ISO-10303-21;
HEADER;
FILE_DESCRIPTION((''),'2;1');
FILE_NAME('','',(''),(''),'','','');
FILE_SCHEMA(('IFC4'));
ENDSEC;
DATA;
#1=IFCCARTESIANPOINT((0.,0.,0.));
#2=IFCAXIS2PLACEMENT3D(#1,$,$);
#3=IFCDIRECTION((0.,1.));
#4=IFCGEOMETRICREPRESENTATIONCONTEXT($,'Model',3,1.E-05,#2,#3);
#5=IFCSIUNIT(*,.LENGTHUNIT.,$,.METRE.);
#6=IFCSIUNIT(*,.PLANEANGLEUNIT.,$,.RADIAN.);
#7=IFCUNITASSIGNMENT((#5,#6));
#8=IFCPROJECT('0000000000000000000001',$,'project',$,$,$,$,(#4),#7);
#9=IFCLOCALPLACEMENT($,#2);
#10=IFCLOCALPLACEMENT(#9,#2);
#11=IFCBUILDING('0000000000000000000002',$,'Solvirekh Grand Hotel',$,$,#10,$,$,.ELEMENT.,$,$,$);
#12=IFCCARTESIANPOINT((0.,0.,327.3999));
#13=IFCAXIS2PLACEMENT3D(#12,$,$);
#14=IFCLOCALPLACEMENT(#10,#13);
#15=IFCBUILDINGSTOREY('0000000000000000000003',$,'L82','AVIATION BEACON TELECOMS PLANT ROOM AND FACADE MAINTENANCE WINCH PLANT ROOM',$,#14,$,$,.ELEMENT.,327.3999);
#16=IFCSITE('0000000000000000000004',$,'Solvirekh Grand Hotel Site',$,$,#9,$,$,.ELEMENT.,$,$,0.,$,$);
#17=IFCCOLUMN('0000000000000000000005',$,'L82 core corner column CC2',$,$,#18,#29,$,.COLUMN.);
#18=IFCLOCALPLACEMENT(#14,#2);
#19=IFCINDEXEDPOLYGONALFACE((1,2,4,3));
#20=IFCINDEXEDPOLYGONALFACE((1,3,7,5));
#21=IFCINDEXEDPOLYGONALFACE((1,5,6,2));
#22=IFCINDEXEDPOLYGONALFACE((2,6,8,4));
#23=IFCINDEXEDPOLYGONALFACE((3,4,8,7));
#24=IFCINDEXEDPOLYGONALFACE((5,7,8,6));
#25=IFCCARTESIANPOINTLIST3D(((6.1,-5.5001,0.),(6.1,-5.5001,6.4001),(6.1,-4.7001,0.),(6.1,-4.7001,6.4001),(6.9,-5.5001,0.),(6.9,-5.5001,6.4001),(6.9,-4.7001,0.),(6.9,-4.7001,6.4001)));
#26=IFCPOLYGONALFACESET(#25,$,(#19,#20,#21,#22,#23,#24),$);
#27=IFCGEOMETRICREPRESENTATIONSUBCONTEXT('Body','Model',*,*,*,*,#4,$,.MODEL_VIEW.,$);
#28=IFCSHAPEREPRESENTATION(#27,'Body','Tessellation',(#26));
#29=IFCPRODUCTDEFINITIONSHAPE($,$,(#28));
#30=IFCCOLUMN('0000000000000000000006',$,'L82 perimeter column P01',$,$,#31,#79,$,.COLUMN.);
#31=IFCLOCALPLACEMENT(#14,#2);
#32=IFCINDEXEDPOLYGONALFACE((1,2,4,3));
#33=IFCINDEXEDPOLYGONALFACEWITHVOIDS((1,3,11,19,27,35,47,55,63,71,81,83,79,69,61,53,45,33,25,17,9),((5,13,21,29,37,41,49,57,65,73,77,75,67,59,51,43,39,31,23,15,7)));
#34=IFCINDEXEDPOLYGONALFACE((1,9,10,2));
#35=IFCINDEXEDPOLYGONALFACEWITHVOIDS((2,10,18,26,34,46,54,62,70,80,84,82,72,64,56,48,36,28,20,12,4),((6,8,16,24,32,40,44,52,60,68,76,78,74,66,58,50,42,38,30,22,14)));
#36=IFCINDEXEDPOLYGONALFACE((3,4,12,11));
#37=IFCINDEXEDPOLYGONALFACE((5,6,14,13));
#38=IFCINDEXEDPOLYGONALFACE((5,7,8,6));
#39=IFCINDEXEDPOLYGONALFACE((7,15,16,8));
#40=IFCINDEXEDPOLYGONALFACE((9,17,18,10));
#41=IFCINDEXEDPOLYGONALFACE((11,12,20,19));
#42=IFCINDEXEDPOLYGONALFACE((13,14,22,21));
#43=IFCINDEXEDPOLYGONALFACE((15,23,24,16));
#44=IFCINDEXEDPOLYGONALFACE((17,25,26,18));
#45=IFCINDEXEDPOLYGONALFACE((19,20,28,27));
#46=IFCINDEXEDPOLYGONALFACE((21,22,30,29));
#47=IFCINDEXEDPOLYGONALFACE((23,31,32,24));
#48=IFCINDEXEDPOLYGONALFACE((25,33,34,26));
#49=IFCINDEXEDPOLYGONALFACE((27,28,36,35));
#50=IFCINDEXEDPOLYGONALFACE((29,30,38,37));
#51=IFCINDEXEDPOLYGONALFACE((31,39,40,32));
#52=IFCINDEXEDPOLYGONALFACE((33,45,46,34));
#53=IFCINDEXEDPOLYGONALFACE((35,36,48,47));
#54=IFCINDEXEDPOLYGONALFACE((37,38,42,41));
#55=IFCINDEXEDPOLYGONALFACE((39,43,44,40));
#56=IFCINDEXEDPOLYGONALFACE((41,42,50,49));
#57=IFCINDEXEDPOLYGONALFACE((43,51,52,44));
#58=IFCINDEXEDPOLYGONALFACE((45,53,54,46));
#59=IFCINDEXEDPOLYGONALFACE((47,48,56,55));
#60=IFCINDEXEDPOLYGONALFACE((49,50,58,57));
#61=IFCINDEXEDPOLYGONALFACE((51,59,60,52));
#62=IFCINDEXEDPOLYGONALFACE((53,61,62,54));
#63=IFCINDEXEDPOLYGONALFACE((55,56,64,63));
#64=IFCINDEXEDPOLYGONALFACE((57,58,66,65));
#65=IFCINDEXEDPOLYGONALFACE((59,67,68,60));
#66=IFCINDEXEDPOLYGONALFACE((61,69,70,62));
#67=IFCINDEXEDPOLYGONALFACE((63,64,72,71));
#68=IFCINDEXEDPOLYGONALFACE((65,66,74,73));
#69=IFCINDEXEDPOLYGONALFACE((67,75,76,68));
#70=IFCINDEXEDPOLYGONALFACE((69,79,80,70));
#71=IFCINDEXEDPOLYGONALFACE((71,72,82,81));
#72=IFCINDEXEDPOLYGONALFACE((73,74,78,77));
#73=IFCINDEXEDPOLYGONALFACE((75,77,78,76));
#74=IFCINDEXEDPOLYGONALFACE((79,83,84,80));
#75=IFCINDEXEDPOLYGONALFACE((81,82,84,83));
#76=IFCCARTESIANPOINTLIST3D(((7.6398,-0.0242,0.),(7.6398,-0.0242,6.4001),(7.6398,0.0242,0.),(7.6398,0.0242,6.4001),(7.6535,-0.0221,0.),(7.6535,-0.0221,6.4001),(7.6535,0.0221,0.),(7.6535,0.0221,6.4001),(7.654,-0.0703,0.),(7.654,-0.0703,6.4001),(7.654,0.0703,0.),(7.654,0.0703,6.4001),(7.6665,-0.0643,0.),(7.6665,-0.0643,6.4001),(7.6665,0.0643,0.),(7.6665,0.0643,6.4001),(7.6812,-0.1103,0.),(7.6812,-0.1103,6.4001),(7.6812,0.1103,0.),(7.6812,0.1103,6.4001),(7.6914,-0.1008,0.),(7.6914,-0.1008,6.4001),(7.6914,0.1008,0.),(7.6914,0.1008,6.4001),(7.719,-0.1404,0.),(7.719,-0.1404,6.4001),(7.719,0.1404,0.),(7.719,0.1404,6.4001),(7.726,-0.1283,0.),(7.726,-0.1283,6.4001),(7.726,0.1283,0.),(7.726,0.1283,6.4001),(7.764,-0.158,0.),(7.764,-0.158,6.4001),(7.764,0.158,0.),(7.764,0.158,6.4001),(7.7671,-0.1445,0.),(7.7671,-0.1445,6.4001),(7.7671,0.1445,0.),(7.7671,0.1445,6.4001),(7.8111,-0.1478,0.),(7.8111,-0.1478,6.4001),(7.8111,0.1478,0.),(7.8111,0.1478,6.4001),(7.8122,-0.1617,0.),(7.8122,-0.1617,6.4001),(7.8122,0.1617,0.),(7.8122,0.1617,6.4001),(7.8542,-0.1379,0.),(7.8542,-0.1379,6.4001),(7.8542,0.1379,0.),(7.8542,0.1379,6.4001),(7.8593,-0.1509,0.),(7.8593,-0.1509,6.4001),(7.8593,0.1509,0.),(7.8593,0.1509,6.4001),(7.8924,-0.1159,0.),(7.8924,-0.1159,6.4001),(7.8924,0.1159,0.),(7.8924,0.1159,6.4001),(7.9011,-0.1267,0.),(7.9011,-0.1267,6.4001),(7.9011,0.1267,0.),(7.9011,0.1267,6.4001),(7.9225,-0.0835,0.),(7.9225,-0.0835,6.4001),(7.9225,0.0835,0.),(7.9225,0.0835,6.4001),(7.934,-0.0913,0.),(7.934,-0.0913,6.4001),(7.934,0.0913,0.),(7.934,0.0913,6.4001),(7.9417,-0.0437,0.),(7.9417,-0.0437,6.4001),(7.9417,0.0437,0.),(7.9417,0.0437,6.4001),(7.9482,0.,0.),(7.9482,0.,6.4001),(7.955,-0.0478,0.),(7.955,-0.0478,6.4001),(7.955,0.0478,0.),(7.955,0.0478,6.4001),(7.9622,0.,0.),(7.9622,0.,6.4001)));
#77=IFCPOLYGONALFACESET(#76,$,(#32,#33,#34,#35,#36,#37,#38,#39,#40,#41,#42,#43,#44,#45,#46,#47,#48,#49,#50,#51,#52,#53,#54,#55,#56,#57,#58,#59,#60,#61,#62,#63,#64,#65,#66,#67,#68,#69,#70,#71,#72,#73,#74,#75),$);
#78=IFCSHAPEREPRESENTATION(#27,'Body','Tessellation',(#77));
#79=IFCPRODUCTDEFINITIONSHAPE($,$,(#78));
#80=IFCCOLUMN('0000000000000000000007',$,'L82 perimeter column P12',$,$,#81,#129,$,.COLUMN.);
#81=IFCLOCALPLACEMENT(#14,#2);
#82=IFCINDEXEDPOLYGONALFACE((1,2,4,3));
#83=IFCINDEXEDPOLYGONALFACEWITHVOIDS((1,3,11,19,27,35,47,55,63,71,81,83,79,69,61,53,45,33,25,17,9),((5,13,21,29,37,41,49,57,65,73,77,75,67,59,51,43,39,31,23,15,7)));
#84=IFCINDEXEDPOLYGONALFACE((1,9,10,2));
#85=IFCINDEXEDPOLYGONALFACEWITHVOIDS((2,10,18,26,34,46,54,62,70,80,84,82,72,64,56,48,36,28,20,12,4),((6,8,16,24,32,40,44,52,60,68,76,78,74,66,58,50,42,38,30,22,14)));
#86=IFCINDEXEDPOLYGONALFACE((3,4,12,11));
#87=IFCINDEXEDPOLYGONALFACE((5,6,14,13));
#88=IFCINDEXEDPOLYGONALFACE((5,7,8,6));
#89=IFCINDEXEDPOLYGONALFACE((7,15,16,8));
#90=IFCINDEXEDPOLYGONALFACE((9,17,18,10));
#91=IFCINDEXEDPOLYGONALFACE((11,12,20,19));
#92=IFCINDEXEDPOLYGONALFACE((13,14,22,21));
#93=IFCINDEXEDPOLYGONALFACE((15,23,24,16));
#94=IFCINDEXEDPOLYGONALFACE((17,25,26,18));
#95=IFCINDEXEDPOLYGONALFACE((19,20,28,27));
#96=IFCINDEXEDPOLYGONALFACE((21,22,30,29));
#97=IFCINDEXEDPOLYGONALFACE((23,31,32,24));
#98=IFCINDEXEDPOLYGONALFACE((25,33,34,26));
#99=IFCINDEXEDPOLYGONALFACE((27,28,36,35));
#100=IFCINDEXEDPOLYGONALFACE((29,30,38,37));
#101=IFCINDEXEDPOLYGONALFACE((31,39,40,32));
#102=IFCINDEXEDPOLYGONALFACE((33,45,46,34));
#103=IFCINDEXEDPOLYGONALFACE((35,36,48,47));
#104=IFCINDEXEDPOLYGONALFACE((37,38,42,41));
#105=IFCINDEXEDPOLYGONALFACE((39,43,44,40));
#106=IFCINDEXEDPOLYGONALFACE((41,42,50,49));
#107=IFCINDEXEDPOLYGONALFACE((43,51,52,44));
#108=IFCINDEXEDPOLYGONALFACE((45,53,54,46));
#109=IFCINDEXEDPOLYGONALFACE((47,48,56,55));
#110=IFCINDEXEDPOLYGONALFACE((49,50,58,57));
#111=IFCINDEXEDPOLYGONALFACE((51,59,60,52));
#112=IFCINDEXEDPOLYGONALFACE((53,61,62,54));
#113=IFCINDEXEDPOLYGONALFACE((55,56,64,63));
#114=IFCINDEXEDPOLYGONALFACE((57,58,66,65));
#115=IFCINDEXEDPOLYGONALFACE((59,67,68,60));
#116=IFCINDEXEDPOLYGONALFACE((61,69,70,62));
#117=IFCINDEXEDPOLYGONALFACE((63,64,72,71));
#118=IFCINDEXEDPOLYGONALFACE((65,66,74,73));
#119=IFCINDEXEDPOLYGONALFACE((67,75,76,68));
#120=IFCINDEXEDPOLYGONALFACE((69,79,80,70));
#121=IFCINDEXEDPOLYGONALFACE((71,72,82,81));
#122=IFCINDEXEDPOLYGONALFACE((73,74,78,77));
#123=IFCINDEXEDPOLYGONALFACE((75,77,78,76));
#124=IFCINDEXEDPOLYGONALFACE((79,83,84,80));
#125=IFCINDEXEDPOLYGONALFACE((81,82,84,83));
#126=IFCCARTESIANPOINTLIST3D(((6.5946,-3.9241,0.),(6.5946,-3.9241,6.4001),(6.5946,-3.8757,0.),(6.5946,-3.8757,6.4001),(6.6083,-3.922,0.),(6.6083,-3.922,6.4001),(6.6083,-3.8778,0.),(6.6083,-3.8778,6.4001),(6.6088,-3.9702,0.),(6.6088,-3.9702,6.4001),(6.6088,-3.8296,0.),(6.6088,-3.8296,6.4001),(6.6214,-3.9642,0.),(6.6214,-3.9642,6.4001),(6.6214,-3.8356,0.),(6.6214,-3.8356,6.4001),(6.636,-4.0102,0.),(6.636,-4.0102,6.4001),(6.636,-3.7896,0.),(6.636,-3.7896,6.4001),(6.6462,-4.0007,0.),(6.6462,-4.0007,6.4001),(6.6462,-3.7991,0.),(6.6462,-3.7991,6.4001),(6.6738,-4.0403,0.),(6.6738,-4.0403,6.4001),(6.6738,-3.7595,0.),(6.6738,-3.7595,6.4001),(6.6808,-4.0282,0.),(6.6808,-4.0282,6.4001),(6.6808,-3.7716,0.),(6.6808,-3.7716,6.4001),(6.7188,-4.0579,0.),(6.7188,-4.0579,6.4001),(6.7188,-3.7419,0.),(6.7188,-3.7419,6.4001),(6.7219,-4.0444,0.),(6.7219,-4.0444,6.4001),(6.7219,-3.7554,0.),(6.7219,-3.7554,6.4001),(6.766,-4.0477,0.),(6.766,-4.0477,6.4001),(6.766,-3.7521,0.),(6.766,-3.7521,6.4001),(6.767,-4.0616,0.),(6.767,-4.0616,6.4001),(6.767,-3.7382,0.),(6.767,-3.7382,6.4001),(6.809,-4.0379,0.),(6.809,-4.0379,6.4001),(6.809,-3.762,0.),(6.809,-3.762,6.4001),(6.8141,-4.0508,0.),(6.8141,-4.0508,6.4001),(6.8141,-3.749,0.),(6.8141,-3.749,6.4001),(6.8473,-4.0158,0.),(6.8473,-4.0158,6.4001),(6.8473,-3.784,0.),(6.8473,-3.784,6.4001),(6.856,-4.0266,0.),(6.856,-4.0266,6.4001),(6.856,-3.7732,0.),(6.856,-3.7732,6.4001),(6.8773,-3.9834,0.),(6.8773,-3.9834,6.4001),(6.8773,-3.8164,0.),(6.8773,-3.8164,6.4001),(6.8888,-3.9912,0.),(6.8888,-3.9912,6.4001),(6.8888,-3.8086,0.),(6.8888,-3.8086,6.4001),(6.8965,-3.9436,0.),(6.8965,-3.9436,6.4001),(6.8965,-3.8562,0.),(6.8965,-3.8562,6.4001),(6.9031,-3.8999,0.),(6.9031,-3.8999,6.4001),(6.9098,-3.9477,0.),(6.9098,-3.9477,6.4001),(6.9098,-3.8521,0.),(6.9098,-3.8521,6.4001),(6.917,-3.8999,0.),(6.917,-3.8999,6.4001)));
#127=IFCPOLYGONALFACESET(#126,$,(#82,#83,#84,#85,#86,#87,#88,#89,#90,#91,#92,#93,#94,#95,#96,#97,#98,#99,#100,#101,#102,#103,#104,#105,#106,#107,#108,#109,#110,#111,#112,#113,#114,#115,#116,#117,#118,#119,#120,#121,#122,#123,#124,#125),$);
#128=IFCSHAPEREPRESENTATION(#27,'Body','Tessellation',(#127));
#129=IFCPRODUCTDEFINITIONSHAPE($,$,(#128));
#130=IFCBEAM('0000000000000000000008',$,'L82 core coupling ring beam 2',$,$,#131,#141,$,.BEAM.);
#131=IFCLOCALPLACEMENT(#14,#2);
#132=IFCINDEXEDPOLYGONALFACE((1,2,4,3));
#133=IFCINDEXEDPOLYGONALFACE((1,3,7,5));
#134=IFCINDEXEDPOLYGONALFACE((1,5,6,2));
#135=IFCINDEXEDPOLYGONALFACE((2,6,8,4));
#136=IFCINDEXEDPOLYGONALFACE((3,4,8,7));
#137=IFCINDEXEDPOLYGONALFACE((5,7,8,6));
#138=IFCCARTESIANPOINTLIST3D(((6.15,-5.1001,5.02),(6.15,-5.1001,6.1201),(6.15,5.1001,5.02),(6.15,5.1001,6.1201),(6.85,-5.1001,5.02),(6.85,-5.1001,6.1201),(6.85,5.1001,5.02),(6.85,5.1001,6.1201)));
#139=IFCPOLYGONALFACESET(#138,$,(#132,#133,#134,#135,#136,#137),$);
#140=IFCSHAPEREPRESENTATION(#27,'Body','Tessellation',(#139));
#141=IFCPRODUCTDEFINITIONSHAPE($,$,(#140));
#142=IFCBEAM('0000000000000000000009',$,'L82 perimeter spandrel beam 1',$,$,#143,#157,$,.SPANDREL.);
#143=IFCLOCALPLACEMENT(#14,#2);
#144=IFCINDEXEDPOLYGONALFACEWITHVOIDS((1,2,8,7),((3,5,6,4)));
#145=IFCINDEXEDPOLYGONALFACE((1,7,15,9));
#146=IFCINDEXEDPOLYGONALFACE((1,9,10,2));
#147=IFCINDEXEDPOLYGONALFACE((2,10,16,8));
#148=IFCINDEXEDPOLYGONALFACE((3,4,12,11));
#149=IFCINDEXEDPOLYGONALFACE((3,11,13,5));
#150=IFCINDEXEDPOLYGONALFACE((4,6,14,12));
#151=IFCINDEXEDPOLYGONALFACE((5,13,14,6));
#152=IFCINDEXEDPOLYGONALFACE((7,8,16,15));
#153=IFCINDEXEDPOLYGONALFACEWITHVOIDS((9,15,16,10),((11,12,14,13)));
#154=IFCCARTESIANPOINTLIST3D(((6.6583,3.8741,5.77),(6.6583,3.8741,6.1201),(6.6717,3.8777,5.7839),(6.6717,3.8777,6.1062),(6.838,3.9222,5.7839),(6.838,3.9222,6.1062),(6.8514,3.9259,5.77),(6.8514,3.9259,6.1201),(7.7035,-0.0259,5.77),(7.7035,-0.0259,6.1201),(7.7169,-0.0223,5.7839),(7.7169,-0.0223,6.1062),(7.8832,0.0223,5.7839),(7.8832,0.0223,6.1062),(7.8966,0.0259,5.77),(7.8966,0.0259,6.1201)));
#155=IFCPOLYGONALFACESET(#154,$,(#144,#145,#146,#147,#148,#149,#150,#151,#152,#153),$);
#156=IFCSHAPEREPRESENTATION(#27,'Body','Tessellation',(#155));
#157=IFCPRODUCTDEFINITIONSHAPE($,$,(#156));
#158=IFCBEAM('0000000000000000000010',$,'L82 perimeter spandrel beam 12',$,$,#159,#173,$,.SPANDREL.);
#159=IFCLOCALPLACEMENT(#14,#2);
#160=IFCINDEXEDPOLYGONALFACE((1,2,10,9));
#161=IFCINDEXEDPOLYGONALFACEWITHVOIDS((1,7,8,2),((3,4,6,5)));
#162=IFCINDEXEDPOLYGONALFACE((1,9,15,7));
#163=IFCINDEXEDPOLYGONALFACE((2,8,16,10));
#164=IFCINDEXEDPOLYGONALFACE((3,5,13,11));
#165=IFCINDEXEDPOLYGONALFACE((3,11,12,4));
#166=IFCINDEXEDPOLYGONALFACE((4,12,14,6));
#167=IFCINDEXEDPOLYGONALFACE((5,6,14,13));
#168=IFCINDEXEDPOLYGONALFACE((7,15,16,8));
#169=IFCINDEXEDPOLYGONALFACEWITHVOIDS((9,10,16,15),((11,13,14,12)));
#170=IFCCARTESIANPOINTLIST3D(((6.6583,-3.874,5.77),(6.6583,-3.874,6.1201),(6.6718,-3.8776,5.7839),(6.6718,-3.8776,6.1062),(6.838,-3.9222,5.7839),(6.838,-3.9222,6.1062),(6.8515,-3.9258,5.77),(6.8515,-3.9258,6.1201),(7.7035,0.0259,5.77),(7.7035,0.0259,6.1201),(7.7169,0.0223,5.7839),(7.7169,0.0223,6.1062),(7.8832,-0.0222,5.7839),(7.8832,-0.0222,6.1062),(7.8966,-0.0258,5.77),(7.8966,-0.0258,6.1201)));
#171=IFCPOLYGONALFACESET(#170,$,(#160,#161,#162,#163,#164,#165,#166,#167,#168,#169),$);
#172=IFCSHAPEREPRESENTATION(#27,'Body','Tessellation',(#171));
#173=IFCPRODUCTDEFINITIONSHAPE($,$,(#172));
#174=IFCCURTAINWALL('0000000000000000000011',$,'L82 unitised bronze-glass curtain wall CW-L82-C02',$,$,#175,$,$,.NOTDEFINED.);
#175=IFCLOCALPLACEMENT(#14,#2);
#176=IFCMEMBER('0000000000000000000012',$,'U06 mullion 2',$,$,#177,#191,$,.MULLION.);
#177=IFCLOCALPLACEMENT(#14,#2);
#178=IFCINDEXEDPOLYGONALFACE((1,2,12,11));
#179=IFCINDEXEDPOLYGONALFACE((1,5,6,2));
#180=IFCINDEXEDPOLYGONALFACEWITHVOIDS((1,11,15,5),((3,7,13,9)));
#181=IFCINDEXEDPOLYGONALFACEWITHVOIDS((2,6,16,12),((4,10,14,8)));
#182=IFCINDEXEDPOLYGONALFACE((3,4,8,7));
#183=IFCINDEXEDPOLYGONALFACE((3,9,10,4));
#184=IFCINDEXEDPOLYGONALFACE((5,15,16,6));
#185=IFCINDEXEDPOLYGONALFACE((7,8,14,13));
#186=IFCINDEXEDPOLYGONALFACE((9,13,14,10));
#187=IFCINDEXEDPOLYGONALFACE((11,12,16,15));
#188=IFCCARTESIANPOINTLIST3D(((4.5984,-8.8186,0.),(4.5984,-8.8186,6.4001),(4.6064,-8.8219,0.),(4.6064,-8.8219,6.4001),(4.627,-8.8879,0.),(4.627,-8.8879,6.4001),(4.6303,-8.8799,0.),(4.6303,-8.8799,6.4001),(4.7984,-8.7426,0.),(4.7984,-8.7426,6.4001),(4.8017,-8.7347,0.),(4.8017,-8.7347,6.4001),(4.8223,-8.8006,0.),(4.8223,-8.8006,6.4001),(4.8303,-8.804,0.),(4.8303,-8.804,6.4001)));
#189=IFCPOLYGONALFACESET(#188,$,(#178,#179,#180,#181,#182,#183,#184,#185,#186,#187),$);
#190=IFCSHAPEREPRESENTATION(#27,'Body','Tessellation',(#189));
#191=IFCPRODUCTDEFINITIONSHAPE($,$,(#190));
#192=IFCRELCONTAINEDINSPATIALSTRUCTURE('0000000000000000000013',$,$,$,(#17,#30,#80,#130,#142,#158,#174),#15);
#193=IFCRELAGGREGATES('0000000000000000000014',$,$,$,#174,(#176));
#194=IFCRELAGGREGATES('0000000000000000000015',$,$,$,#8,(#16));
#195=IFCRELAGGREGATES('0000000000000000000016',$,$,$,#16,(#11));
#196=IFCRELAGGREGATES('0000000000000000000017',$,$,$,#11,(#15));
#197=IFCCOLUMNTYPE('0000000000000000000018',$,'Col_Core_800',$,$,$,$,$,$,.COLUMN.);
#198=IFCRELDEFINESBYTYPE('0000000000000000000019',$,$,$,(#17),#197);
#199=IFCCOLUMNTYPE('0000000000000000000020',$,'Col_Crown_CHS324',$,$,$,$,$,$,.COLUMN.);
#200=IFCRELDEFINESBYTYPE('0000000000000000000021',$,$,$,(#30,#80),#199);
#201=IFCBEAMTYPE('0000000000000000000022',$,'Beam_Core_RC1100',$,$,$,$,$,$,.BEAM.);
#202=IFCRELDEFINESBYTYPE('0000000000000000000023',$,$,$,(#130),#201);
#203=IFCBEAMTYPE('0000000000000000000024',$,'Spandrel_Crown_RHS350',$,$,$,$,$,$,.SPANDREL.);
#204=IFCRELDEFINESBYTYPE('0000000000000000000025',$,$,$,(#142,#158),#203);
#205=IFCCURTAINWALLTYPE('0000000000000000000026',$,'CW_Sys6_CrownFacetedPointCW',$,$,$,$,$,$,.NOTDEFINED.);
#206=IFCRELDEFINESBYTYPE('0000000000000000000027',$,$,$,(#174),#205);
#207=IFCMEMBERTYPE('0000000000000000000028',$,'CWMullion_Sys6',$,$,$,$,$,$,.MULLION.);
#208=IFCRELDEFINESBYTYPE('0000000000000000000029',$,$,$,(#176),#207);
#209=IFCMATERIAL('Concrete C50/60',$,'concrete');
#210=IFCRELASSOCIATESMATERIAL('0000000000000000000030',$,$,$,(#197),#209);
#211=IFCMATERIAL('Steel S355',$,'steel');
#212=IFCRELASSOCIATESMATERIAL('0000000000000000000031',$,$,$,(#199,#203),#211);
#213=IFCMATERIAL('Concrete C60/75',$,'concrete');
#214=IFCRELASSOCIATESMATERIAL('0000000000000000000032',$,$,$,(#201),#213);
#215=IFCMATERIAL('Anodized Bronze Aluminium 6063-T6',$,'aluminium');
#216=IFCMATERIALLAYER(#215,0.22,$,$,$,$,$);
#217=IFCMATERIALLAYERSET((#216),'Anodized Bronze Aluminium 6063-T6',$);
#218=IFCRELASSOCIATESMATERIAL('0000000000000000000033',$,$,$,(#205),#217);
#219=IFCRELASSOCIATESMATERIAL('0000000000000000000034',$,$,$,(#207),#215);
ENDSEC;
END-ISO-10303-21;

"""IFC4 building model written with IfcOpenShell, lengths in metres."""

from ifc_helpers import new_model, si_unit, direction, frame, origin, origin_2d, place, context, subcontext, project, spatial, rectangle, hollow_rectangle, hollow_circle, extrude, source, transform, mapped, material, layer, layer_set, material_profile, profile_set, type_object, element, aggregate, save


model = new_model("IFC4")

# Units and contexts
model_context = context("Model", 3, precision=1e-05, world=origin(), true_north=direction((0.0, 1.0)))
body_context = subcontext(model_context, "Body", "Model", "MODEL_VIEW")
ifc_project = project(units=[si_unit("LENGTHUNIT", "METRE"), si_unit("PLANEANGLEUNIT", "RADIAN")], contexts=[model_context])

# Site, building, storey
site_placement = place(None, origin())
site = spatial("IfcSite", under=ifc_project, at=site_placement, Name="Solvirekh Grand Hotel Site", CompositionType="ELEMENT", RefElevation=0.0)
building_placement = place(site_placement, origin())
building = spatial("IfcBuilding", under=site, at=building_placement, Name="Solvirekh Grand Hotel", CompositionType="ELEMENT")
storey_placement = place(building_placement, frame((0.0, 0.0, 327.3999)))
storey = spatial("IfcBuildingStorey", under=building, at=storey_placement, Name="L82", Description="AVIATION BEACON TELECOMS PLANT ROOM AND FACADE MAINTENANCE WINCH PLANT ROOM", CompositionType="ELEMENT", Elevation=327.3999)

# Columns
ifc_material_1 = material(Name="Concrete C50/60", Category="concrete")
ifc_material_profile_1 = material_profile(ifc_material_1, rectangle(XDim=0.8, YDim=0.8, at=origin_2d()), Name="RC 800X800")
ifc_profile_set_1 = profile_set([ifc_material_profile_1], Name="Concrete C50/60")
column_type_1 = type_object("IfcColumnType", Name="Col_Core_800", PredefinedType="COLUMN", material=ifc_profile_set_1)
column_placement = place(storey_placement, frame((6.5, -5.1001, 0.0), z_axis=(0.0, 0.0, 1.0), x_axis=(1.0, 0.0, 0.0)))
element("IfcColumn", 1, at=column_placement, inside=storey, type_object=column_type_1, Name="L82 core corner column CC2", PredefinedType="COLUMN", context=body_context, shape_type="SweptSolid", body=[
    extrude(rectangle(XDim=0.8, YDim=0.8, at=origin_2d()), origin(), (0.0, 0.0, 1.0), 6.4001),
])
ifc_material_2 = material(Name="Steel S355", Category="steel")
ifc_material_profile_2 = material_profile(ifc_material_2, hollow_circle(Radius=0.1621, WallThickness=0.0139, at=origin_2d()), Name="CHS 324X14")
ifc_profile_set_2 = profile_set([ifc_material_profile_2], Name="Steel S355")
column_type_2 = type_object("IfcColumnType", Name="Col_Crown_CHS324", PredefinedType="COLUMN", material=ifc_profile_set_2)
for number, where, z_axis, x_axis, name in (
    (2, (7.8, 0.0, 0.0), (0.0, 0.0, 1.0), (1.0, 0.0, 0.0), "L82 perimeter column P01"),
    (3, (6.7549, -3.8999, 0.0), (0.0, 0.0, 1.0), (1.0, 0.0, 0.0), "L82 perimeter column P12"),
):
    element("IfcColumn", number, at=place(storey_placement, frame(where, z_axis=z_axis, x_axis=x_axis)), inside=storey, type_object=column_type_2, Name=name, PredefinedType="COLUMN", context=body_context, shape_type="SweptSolid", body=[
        extrude(hollow_circle(Radius=0.1621, WallThickness=0.0139, at=origin_2d()), origin(), (0.0, 0.0, 1.0), 6.4001),
    ])

# Beams
ifc_material_3 = material(Name="Concrete C60/75", Category="concrete")
ifc_material_profile_3 = material_profile(ifc_material_3, rectangle(XDim=0.7, YDim=1.1001, at=origin_2d()), Name="RC BEAM 700X1100")
ifc_profile_set_3 = profile_set([ifc_material_profile_3], Name="Concrete C60/75")
beam_type_1 = type_object("IfcBeamType", Name="Beam_Core_RC1100", PredefinedType="BEAM", material=ifc_profile_set_3)
beam_placement = place(storey_placement, frame((6.5, -5.1001, 5.5701), z_axis=(0.0, 1.0, 0.0), x_axis=(-1.0, 0.0, 0.0)))
element("IfcBeam", 4, at=beam_placement, inside=storey, type_object=beam_type_1, Name="L82 core coupling ring beam 2", PredefinedType="BEAM", context=body_context, shape_type="SweptSolid", body=[
    extrude(rectangle(XDim=0.7, YDim=1.1001, at=origin_2d()), origin(), (0.0, 0.0, 1.0), 10.2002),
])
ifc_material_profile_4 = material_profile(ifc_material_2, hollow_rectangle(XDim=0.2, YDim=0.3501, WallThickness=0.0139, at=origin_2d()), Name="RHS 350X200X14")
ifc_profile_set_4 = profile_set([ifc_material_profile_4], Name="Steel S355")
beam_type_2 = type_object("IfcBeamType", Name="Spandrel_Crown_RHS350", PredefinedType="SPANDREL", material=ifc_profile_set_4)
for number, where, z_axis, x_axis, name in (
    (5, (7.8, 0.0, 5.9451), (-0.258863, 0.965914, 0.0), (-0.965914, -0.258863, 0.0), "L82 perimeter spandrel beam 1"),
    (6, (6.7549, -3.8999, 5.9451), (0.258863, 0.965914, 0.0), (-0.965914, 0.258863, 0.0), "L82 perimeter spandrel beam 12"),
):
    element("IfcBeam", number, at=place(storey_placement, frame(where, z_axis=z_axis, x_axis=x_axis)), inside=storey, type_object=beam_type_2, Name=name, PredefinedType="SPANDREL", context=body_context, shape_type="SweptSolid", body=[
        extrude(hollow_rectangle(XDim=0.2, YDim=0.3501, WallThickness=0.0139, at=origin_2d()), origin(), (0.0, 0.0, 1.0), 4.0376),
    ])

# Curtain wall, member
ifc_material_4 = material(Name="Anodized Bronze Aluminium 6063-T6", Category="aluminium")
ifc_layer_1 = layer(ifc_material_4, 0.22)
ifc_layer_set_1 = layer_set([ifc_layer_1], Name="Anodized Bronze Aluminium 6063-T6")
curtain_wall_type = type_object("IfcCurtainWallType", Name="CW_Sys6_CrownFacetedPointCW", PredefinedType="NOTDEFINED", material=ifc_layer_set_1)
curtain_wall_1_placement = place(storey_placement, origin())
curtain_wall_1 = element("IfcCurtainWall", 7, at=curtain_wall_1_placement, inside=storey, type_object=curtain_wall_type, Name="L82 unitised bronze-glass curtain wall CW-L82-C02", PredefinedType="NOTDEFINED")
ifc_material_profile_5 = material_profile(ifc_material_4, hollow_rectangle(XDim=0.075, YDim=0.22, WallThickness=0.0061, at=origin_2d()), Name="ALU RHS 220X75X6")
ifc_profile_set_5 = profile_set([ifc_material_profile_5], Name="Anodized Bronze Aluminium 6063-T6")
member_type_1 = type_object("IfcMemberType", Name="CWMullion_Sys6", PredefinedType="MULLION", material=ifc_profile_set_5)
shared_shape_1 = source(origin(), body_context, "Body", "SweptSolid", [
    extrude(hollow_rectangle(XDim=0.075, YDim=0.22, WallThickness=0.0061, at=origin_2d()), origin(), (0.0, 0.0, 1.0), 6.4001),
])
member_1_placement = place(storey_placement, frame((4.7144, -8.8113, 0.0), z_axis=(0.0, 0.0, 1.0), x_axis=(-0.38151, 0.924365, 0.0)))
member_1 = element("IfcMember", 8, at=member_1_placement, type_object=member_type_1, Name="U06 mullion 2", PredefinedType="MULLION", context=body_context, shape_type="MappedRepresentation", body=[
    mapped(shared_shape_1, transform((0.0, 0.0, 0.0), x_axis=(1.0, 0.0, 0.0), y_axis=(0.0, 1.0, 0.0), z_axis=(0.0, 0.0, 1.0), scale=1.0)),
])
aggregate(curtain_wall_1, [member_1])

save(model, "model.ifc")
